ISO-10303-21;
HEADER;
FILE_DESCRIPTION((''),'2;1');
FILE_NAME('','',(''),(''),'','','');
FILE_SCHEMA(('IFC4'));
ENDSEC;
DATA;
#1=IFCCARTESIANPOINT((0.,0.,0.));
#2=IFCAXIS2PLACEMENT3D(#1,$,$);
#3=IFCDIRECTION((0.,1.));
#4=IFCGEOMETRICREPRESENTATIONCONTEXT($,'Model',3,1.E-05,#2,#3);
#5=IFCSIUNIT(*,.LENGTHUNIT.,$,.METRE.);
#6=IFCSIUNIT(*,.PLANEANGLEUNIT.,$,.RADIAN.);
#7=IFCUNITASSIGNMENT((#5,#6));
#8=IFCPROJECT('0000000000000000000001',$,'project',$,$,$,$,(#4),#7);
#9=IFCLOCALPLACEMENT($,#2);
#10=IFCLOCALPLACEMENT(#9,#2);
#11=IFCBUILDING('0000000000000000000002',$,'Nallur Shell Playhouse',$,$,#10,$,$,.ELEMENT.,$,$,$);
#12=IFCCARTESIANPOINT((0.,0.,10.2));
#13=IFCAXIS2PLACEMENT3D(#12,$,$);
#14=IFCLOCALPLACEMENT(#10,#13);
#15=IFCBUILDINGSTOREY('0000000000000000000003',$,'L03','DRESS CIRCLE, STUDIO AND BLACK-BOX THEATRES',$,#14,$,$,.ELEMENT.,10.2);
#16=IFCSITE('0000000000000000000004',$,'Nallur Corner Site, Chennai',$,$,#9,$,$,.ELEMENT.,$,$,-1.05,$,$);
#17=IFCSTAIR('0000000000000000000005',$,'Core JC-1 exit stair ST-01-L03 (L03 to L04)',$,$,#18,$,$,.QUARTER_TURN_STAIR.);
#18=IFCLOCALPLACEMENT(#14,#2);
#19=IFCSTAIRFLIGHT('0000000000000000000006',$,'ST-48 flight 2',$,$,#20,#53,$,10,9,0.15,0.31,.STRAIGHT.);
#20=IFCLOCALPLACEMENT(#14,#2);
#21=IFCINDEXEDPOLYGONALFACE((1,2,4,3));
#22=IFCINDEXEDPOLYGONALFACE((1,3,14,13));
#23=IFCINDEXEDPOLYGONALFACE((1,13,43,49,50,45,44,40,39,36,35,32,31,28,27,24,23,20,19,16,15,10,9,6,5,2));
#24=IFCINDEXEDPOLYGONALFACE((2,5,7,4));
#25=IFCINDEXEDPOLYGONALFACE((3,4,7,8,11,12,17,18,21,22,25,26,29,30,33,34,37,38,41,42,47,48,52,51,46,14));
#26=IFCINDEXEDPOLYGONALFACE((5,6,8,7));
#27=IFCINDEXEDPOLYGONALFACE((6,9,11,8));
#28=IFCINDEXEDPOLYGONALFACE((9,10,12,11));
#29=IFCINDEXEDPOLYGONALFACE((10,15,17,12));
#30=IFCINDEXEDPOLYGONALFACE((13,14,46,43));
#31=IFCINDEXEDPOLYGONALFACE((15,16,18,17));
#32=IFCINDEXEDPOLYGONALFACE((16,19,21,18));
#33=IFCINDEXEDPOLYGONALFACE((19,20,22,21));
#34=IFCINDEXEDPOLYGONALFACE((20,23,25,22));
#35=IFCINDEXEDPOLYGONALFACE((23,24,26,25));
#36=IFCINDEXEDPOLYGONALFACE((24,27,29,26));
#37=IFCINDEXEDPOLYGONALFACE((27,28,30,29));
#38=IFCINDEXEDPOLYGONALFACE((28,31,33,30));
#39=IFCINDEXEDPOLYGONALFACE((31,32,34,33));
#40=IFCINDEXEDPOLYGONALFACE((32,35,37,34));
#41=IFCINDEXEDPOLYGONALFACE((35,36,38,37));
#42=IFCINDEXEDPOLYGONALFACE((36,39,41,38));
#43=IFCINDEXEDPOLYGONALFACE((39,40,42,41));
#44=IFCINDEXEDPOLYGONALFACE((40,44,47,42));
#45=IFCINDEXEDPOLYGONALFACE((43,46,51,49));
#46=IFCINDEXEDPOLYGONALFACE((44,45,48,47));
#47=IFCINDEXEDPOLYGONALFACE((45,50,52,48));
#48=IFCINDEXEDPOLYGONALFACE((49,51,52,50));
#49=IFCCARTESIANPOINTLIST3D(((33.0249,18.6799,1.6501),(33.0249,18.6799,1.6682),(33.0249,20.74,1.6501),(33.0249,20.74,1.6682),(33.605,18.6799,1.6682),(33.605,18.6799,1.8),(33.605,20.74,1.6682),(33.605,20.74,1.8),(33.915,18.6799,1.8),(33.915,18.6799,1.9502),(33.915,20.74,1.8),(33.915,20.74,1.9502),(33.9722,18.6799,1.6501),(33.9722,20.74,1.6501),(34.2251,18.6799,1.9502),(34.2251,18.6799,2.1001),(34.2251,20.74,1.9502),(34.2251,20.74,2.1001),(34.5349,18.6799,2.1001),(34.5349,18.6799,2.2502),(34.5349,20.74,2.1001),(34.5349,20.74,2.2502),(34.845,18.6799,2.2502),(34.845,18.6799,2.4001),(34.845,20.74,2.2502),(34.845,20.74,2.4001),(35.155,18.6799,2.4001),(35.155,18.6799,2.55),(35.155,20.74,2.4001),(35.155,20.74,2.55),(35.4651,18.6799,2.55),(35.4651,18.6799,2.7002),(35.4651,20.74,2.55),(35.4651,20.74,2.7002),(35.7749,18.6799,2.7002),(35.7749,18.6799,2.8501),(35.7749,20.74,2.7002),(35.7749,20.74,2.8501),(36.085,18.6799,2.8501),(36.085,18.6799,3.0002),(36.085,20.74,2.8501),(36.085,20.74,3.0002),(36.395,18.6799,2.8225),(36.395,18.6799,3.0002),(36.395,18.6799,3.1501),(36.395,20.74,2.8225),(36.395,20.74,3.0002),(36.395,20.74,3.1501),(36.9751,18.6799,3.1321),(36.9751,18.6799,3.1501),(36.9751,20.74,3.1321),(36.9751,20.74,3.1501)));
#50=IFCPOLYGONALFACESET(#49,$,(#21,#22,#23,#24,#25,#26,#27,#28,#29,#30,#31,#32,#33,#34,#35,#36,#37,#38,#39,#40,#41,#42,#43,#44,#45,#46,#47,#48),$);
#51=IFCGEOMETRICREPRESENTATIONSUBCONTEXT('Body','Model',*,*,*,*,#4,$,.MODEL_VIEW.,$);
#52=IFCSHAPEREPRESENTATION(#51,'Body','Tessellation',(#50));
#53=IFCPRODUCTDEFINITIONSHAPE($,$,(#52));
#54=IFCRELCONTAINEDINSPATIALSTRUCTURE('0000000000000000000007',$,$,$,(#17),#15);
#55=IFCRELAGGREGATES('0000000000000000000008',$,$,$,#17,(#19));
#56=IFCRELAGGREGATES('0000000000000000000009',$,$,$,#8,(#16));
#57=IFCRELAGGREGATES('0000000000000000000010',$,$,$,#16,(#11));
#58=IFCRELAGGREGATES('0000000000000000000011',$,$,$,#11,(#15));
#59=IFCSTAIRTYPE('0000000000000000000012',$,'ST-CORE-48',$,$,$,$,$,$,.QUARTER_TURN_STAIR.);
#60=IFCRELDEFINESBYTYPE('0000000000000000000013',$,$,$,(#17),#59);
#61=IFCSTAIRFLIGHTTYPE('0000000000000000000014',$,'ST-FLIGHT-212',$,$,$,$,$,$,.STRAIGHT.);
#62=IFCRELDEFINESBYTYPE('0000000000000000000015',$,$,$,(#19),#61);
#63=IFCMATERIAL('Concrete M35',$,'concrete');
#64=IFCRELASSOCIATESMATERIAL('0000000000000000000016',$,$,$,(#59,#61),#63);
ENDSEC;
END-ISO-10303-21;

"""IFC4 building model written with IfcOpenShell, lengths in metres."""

from ifc_helpers import new_model, si_unit, direction, frame, origin, place, context, subcontext, project, spatial, polyline, outline, extrude, material, type_object, element, aggregate, save


model = new_model("IFC4")

# Units and contexts
model_context = context("Model", 3, precision=1e-05, world=origin(), true_north=direction((0.0, 1.0)))
body_context = subcontext(model_context, "Body", "Model", "MODEL_VIEW")
ifc_project = project(units=[si_unit("LENGTHUNIT", "METRE"), si_unit("PLANEANGLEUNIT", "RADIAN")], contexts=[model_context])

# Site, building, storey
site_placement = place(None, origin())
site = spatial("IfcSite", under=ifc_project, at=site_placement, Name="Nallur Corner Site, Chennai", CompositionType="ELEMENT", RefElevation=-1.05)
building_placement = place(site_placement, origin())
building = spatial("IfcBuilding", under=site, at=building_placement, Name="Nallur Shell Playhouse", CompositionType="ELEMENT")
storey_placement = place(building_placement, frame((0.0, 0.0, 10.2)))
storey = spatial("IfcBuildingStorey", under=building, at=storey_placement, Name="L03", Description="DRESS CIRCLE, STUDIO AND BLACK-BOX THEATRES", CompositionType="ELEMENT", Elevation=10.2)

# Shared definitions
ifc_material_1 = material(Name="Concrete M35", Category="concrete")

# Stair, stair flight
stair_type = type_object("IfcStairType", Name="ST-CORE-48", PredefinedType="QUARTER_TURN_STAIR", material=ifc_material_1)
stair_placement = place(storey_placement, origin())
stair = element("IfcStair", 1, at=stair_placement, inside=storey, type_object=stair_type, Name="Core JC-1 exit stair ST-01-L03 (L03 to L04)", PredefinedType="QUARTER_TURN_STAIR")
stair_flight_type = type_object("IfcStairFlightType", Name="ST-FLIGHT-212", PredefinedType="STRAIGHT", material=ifc_material_1)
stair_flight_placement = place(storey_placement, frame((33.605, 19.71, 1.6501), z_axis=(0.0, 0.0, 1.0), x_axis=(1.0, 0.0, 0.0)))
stair_flight = element("IfcStairFlight", 2, at=stair_flight_placement, type_object=stair_flight_type, Name="ST-48 flight 2", NumberOfRisers=10, NumberOfTreads=9, PredefinedType="STRAIGHT", RiserHeight=0.15, TreadLength=0.31, context=body_context, shape_type="SweptSolid", body=[
    extrude(outline(polyline([(-0.5801, 0.0), (-0.5801, 0.0181), (0.0, 0.0181), (0.0, 0.1499), (0.3101, 0.1499), (0.3101, 0.3), (0.6201, 0.3), (0.6201, 0.45), (0.9299, 0.45), (0.9299, 0.6001), (1.24, 0.6001), (1.24, 0.75), (1.55, 0.75), (1.55, 0.8999), (1.8601, 0.8999), (1.8601, 1.05), (2.1699, 1.05), (2.1699, 1.2), (2.48, 1.2), (2.48, 1.3501), (2.79, 1.3501), (2.79, 1.5), (3.3701, 1.5), (3.3701, 1.4819), (2.79, 1.1724), (0.3672, 0.0), (-0.5801, 0.0)])), frame((0.0, 1.03, 0.0), z_axis=(0.0, -1.0, 0.0), x_axis=(1.0, 0.0, 0.0)), (0.0, 0.0, 1.0), 2.0601),
])
aggregate(stair, [stair_flight])

save(model, "model.ifc")
